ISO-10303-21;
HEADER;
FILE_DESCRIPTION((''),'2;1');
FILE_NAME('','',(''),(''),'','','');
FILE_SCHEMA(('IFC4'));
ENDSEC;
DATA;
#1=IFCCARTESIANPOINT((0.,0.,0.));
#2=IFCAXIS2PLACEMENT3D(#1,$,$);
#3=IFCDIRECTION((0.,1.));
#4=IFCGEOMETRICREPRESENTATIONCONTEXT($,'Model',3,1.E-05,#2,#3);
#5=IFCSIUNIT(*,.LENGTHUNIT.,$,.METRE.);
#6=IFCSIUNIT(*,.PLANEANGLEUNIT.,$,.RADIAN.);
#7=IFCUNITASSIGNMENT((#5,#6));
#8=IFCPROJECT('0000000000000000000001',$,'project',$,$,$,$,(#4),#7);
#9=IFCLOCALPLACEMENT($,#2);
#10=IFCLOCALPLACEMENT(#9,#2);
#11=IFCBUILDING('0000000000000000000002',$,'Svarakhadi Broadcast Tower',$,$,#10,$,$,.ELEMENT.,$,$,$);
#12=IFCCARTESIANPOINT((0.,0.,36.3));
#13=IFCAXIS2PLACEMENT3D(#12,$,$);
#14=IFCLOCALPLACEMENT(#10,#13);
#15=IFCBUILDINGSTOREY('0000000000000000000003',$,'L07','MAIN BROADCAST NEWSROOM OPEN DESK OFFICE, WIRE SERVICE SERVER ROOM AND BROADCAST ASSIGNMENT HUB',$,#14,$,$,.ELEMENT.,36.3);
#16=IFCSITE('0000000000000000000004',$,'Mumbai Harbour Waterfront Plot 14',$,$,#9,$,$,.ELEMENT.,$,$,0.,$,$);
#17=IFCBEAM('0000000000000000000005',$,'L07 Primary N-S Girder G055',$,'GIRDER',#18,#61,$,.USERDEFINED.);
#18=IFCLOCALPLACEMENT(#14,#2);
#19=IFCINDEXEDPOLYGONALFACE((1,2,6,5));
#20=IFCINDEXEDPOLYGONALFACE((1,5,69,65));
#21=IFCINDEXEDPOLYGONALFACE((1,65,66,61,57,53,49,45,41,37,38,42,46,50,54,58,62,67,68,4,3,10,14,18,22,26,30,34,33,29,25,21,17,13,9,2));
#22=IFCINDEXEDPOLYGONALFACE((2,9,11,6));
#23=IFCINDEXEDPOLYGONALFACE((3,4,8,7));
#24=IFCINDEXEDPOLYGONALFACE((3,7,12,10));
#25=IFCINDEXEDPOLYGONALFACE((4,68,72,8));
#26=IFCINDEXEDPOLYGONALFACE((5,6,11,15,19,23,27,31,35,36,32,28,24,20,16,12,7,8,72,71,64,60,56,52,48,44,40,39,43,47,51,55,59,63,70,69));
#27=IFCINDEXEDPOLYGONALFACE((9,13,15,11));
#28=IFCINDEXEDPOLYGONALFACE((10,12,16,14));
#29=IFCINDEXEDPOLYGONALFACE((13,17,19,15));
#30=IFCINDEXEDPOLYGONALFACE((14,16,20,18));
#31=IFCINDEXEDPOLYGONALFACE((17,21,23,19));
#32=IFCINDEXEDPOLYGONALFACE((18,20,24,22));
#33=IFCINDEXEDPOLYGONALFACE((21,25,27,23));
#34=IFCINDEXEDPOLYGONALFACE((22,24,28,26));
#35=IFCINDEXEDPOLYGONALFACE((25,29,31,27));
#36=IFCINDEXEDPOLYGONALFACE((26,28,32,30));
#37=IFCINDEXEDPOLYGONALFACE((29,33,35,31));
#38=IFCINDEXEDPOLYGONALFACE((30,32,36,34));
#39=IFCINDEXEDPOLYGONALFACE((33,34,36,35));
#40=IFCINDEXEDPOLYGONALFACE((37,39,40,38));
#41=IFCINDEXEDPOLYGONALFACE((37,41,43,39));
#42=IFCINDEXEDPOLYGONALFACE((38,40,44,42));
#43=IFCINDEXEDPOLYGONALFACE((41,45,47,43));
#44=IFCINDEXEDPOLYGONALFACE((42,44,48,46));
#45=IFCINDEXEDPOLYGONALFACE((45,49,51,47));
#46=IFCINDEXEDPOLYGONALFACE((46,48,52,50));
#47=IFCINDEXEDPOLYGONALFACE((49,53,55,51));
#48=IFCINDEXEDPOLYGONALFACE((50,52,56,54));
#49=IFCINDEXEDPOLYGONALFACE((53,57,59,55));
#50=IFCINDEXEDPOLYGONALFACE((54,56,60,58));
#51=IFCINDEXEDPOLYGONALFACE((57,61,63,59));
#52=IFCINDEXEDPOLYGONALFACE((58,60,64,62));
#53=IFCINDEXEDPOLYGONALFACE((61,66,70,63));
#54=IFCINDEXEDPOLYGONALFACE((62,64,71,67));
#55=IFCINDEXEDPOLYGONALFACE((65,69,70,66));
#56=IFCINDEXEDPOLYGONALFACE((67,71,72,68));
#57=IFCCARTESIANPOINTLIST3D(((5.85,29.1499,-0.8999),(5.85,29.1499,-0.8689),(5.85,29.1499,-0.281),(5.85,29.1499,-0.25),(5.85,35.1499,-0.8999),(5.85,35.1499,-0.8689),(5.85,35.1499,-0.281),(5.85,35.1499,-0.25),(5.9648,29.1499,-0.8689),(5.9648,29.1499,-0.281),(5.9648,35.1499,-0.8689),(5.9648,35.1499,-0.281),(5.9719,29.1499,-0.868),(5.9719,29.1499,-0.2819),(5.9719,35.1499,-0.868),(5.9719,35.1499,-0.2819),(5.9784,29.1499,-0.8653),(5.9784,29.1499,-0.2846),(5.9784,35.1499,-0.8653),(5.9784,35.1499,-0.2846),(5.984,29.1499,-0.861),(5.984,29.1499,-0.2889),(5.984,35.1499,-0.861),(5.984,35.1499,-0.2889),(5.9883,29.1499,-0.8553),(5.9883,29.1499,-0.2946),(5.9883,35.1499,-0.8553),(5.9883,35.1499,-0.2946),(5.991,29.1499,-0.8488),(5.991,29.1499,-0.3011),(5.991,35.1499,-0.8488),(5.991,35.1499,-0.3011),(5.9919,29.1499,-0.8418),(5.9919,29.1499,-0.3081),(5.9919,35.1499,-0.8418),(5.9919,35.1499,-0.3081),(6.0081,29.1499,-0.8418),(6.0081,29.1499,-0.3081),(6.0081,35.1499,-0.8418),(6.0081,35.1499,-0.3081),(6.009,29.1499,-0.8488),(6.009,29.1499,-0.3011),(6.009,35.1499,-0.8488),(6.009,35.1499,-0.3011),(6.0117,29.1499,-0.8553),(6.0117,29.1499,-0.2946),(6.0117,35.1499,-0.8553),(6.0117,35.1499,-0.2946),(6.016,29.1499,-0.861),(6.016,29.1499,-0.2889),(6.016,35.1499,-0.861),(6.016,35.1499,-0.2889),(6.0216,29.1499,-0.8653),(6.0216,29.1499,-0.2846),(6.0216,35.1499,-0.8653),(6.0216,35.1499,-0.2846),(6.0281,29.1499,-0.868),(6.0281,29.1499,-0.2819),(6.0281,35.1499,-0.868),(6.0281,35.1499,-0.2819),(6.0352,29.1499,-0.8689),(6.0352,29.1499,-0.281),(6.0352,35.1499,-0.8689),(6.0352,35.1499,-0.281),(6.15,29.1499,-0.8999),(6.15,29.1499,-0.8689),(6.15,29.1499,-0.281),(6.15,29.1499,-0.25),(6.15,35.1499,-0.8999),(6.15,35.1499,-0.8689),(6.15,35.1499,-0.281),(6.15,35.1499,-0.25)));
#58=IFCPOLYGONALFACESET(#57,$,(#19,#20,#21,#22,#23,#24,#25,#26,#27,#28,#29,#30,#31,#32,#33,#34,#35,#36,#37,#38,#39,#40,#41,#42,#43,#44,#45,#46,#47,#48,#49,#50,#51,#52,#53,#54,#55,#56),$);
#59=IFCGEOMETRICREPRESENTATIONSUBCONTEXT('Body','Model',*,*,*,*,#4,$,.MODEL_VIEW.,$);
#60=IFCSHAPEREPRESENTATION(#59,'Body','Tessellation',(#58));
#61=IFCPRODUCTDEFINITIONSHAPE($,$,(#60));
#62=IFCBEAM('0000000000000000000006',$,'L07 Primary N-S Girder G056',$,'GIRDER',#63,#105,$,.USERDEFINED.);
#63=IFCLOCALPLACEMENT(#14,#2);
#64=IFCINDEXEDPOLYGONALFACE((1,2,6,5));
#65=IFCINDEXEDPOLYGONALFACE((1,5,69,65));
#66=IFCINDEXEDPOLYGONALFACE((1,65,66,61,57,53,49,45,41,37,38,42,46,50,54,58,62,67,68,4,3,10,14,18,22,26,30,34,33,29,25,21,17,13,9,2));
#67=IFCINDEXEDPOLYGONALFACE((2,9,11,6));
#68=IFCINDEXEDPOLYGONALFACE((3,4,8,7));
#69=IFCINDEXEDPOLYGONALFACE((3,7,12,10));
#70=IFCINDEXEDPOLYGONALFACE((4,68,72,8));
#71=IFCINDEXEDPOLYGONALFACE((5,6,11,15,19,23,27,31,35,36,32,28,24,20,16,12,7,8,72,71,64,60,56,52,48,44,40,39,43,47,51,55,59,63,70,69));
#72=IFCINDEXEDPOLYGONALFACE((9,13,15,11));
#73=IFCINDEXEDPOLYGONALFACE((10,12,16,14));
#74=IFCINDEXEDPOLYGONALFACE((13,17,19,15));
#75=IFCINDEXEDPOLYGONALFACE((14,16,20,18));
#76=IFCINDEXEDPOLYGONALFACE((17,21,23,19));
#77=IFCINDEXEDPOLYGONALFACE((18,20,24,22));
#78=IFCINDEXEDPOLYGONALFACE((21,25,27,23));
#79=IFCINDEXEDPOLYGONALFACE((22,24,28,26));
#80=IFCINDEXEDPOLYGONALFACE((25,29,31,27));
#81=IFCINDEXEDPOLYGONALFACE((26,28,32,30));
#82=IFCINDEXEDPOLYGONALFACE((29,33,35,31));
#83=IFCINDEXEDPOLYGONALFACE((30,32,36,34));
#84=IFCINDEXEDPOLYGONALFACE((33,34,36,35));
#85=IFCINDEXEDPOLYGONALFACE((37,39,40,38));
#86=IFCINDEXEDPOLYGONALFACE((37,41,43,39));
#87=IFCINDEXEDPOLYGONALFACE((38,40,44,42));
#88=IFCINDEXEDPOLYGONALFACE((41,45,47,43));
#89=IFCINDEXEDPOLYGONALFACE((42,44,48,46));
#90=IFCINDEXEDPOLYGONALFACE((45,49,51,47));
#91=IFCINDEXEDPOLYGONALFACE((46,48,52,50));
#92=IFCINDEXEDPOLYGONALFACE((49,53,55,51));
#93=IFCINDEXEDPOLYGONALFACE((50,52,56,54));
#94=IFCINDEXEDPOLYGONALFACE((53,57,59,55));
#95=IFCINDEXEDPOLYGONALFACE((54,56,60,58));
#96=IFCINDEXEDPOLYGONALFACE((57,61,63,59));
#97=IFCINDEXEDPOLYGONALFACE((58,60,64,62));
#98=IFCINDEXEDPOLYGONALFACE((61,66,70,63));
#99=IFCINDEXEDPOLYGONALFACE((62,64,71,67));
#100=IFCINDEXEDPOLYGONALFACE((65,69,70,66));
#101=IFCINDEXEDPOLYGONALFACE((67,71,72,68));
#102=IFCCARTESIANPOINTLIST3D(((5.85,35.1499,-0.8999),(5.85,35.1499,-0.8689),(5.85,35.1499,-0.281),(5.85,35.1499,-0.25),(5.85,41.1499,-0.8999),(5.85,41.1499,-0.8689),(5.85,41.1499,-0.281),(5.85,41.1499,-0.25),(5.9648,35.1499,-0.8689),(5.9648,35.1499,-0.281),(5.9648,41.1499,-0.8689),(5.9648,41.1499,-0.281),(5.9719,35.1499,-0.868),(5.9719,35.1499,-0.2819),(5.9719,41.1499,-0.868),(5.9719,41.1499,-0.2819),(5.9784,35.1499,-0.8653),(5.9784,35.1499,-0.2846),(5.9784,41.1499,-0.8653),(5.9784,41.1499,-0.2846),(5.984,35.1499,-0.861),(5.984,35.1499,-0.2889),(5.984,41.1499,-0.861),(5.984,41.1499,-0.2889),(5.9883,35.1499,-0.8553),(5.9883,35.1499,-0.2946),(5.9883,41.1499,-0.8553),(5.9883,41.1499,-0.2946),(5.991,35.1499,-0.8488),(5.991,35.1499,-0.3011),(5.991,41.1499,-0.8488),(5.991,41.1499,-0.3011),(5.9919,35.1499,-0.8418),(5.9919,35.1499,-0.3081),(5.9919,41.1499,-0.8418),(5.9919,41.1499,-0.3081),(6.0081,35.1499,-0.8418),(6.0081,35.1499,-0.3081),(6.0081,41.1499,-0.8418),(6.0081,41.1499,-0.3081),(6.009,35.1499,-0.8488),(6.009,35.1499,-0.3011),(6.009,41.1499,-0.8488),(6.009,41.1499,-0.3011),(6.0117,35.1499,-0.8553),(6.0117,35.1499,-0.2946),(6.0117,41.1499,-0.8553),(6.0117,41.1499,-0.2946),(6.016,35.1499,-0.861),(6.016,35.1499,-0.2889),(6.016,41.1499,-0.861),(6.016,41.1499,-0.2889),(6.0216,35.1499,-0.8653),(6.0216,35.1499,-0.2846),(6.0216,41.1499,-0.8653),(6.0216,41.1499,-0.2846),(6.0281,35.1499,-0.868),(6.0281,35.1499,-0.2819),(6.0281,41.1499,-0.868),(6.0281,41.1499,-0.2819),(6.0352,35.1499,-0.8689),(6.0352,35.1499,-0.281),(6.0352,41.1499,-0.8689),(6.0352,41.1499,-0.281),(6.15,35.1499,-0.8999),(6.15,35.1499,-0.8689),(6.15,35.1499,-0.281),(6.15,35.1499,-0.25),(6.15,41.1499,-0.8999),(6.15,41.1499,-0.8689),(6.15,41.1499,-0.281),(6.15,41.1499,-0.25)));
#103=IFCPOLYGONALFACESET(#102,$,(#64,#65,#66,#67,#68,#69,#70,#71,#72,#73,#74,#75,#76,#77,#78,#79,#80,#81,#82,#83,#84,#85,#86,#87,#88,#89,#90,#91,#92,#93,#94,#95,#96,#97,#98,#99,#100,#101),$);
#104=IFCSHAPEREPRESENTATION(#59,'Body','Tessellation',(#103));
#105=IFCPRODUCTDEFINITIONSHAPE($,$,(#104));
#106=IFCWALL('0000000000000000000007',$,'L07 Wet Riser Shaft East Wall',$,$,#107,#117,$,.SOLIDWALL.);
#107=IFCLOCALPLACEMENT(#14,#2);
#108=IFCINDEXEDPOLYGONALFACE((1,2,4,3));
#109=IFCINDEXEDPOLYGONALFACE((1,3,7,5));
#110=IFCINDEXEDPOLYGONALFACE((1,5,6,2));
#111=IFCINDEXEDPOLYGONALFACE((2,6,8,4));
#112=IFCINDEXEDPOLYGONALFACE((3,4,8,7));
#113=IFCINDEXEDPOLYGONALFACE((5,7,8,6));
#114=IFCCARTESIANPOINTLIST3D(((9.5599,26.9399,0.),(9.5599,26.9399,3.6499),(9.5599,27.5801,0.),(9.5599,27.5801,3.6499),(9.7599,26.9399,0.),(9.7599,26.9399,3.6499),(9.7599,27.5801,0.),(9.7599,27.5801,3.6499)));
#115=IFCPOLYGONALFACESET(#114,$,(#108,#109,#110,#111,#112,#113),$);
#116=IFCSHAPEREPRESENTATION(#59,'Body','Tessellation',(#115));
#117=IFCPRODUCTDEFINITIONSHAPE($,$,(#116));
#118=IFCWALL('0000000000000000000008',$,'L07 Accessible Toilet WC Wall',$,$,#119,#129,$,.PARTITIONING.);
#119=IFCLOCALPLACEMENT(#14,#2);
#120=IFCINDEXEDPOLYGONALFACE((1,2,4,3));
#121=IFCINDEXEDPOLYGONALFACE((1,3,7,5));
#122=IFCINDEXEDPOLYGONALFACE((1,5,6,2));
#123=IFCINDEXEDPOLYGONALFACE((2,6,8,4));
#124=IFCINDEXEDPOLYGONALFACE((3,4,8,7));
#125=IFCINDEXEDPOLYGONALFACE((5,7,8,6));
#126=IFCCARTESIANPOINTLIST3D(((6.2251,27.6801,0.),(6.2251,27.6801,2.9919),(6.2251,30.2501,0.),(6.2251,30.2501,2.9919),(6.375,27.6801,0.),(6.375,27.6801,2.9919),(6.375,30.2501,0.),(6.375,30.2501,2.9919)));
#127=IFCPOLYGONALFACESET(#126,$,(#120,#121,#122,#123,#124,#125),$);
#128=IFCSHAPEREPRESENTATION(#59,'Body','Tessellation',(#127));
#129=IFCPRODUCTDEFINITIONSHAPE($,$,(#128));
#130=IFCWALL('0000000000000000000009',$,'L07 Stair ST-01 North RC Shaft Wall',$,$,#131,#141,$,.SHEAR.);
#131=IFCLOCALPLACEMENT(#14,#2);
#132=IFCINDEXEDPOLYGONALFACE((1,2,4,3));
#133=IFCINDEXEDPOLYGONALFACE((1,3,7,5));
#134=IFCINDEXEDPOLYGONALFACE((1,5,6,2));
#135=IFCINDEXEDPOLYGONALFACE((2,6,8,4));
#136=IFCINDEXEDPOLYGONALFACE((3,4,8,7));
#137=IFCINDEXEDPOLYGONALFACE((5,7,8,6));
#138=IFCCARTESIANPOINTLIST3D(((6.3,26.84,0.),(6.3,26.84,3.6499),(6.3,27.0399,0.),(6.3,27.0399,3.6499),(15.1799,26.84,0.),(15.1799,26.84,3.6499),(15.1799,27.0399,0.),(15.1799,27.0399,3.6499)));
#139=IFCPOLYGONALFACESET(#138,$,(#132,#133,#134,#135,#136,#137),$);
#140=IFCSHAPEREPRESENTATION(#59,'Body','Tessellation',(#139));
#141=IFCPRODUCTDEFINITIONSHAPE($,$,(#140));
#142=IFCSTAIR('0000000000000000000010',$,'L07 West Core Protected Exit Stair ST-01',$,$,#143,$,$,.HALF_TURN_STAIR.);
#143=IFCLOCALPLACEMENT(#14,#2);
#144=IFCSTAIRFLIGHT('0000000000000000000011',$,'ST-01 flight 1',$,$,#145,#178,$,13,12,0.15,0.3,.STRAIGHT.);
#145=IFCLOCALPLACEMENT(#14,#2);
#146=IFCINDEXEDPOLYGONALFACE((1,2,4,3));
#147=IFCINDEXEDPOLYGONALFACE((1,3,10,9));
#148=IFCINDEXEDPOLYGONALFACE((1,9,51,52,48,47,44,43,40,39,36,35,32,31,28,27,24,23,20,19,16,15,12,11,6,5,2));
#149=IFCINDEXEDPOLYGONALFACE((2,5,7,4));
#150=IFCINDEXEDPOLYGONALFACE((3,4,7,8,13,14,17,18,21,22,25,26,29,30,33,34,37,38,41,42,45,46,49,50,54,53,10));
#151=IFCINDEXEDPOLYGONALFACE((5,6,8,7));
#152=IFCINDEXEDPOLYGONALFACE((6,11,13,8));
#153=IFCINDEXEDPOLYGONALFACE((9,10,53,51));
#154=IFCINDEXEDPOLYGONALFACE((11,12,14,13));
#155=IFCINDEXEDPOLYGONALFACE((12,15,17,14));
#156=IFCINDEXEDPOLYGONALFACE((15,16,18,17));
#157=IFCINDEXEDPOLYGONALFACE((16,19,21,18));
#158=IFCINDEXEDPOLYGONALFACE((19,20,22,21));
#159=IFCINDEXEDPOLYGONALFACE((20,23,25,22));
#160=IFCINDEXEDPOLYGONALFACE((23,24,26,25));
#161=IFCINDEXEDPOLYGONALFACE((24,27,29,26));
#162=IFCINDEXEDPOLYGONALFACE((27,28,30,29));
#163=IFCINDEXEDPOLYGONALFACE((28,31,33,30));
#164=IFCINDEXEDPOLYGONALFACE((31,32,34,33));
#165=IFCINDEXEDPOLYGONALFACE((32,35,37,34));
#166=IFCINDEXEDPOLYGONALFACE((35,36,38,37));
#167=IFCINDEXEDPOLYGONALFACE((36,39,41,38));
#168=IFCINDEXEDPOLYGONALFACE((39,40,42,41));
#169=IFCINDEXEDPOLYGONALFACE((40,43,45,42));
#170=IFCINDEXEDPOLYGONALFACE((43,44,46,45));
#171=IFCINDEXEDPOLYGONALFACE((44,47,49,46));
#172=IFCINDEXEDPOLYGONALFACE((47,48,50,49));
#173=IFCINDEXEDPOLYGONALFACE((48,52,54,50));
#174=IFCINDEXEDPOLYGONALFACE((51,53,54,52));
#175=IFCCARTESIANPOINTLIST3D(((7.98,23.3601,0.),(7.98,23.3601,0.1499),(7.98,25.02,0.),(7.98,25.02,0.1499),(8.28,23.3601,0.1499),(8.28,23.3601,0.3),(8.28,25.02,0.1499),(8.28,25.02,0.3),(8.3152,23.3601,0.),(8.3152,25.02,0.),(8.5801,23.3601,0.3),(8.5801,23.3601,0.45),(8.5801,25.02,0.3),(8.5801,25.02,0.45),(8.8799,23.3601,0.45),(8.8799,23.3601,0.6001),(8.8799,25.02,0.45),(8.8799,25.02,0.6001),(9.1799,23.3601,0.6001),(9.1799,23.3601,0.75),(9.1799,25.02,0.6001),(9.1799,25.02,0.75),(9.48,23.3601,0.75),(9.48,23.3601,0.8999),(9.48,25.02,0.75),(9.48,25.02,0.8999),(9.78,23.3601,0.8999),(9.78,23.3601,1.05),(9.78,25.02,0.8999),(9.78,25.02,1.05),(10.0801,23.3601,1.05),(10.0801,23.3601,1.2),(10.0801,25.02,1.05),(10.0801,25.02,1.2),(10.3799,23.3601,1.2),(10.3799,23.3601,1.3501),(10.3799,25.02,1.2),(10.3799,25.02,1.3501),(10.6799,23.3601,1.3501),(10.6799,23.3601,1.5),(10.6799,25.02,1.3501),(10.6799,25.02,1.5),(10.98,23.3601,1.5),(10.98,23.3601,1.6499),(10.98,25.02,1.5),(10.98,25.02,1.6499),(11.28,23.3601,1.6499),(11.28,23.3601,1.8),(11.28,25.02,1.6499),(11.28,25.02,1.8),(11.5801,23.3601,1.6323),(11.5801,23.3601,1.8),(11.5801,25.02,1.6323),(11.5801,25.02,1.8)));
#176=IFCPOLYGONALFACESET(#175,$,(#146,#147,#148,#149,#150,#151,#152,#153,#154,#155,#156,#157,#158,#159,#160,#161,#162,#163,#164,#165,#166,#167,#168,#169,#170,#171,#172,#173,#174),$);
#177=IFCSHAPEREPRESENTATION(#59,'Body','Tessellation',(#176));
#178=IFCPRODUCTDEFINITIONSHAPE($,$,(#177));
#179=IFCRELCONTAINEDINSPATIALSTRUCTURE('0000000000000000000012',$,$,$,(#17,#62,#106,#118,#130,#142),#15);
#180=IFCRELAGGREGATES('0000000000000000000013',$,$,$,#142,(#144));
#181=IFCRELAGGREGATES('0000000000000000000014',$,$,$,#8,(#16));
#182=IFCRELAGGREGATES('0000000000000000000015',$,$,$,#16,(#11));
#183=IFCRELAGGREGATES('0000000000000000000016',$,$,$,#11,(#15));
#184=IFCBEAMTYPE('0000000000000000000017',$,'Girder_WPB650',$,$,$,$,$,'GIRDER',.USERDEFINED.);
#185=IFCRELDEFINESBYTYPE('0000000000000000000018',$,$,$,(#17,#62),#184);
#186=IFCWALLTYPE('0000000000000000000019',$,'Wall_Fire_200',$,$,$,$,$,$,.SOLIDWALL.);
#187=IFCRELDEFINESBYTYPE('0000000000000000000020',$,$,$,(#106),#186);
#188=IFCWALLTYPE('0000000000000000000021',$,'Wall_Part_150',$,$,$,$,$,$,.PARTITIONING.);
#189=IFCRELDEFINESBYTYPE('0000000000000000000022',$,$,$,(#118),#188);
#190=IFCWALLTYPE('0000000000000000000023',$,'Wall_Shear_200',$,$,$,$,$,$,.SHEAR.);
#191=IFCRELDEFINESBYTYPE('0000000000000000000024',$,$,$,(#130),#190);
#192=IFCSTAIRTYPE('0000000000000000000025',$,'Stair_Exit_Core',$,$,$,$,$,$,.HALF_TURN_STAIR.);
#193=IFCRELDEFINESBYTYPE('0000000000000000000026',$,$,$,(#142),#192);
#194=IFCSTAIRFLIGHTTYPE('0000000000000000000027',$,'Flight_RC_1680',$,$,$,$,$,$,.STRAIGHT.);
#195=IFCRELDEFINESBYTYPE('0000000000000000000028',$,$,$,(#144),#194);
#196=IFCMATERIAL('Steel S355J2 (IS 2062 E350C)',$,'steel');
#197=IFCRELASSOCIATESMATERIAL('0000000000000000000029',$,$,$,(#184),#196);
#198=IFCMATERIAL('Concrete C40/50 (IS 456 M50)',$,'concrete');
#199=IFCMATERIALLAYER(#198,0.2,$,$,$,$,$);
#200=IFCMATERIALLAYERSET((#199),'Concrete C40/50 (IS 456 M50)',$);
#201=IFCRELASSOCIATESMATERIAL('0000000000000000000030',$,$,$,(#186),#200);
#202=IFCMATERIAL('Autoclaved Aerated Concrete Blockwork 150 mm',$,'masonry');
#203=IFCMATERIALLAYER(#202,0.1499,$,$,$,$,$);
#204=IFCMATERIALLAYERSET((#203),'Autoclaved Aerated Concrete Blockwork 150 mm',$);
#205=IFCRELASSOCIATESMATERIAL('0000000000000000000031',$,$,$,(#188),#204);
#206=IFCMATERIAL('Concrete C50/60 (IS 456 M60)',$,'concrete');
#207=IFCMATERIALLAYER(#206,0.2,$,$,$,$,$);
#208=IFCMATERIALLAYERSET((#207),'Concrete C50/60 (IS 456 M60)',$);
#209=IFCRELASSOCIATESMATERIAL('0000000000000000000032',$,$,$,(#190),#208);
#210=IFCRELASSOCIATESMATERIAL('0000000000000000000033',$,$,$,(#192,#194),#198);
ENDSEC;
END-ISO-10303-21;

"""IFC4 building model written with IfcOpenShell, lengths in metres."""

from ifc_helpers import new_model, si_unit, direction, frame, frame_2d, origin, origin_2d, place, context, subcontext, project, spatial, polyline, rectangle, i_section, outline, extrude, material, layer, layer_set, material_profile, profile_set, type_object, element, aggregate, save


model = new_model("IFC4")

# Units and contexts
model_context = context("Model", 3, precision=1e-05, world=origin(), true_north=direction((0.0, 1.0)))
body_context = subcontext(model_context, "Body", "Model", "MODEL_VIEW")
ifc_project = project(units=[si_unit("LENGTHUNIT", "METRE"), si_unit("PLANEANGLEUNIT", "RADIAN")], contexts=[model_context])

# Site, building, storey
site_placement = place(None, origin())
site = spatial("IfcSite", under=ifc_project, at=site_placement, Name="Mumbai Harbour Waterfront Plot 14", CompositionType="ELEMENT", RefElevation=0.0)
building_placement = place(site_placement, origin())
building = spatial("IfcBuilding", under=site, at=building_placement, Name="Svarakhadi Broadcast Tower", CompositionType="ELEMENT")
storey_placement = place(building_placement, frame((0.0, 0.0, 36.3)))
storey = spatial("IfcBuildingStorey", under=building, at=storey_placement, Name="L07", Description="MAIN BROADCAST NEWSROOM OPEN DESK OFFICE, WIRE SERVICE SERVER ROOM AND BROADCAST ASSIGNMENT HUB", CompositionType="ELEMENT", Elevation=36.3)

# Beams
ifc_material_1 = material(Name="Steel S355J2 (IS 2062 E350C)", Category="steel")
ifc_material_profile_1 = material_profile(ifc_material_1, i_section(OverallWidth=0.3, OverallDepth=0.6499, WebThickness=0.0161, FlangeThickness=0.031, FilletRadius=0.0271, at=origin_2d()), Name="WPB 650x300x225")
ifc_profile_set_1 = profile_set([ifc_material_profile_1], Name="Steel S355J2 (IS 2062 E350C)")
beam_type_1 = type_object("IfcBeamType", Name="Girder_WPB650", ElementType="GIRDER", PredefinedType="USERDEFINED", material=ifc_profile_set_1)
for number, where, z_axis, x_axis, name in (
    (1, (6.0, 29.1499, -0.575), (0.0, 1.0, 0.0), (-1.0, 0.0, 0.0), "L07 Primary N-S Girder G055"),
    (2, (6.0, 35.1499, -0.575), (0.0, 1.0, 0.0), (-1.0, 0.0, 0.0), "L07 Primary N-S Girder G056"),
):
    element("IfcBeam", number, at=place(storey_placement, frame(where, z_axis=z_axis, x_axis=x_axis)), inside=storey, type_object=beam_type_1, Name=name, ObjectType="GIRDER", PredefinedType="USERDEFINED", context=body_context, shape_type="SweptSolid", body=[
        extrude(i_section(OverallWidth=0.3, OverallDepth=0.6499, WebThickness=0.0161, FlangeThickness=0.031, FilletRadius=0.0271, at=origin_2d()), origin(), (0.0, 0.0, 1.0), 6.0),
    ])

# Walls
ifc_material_2 = material(Name="Concrete C40/50 (IS 456 M50)", Category="concrete")
ifc_layer_1 = layer(ifc_material_2, 0.2)
ifc_layer_set_1 = layer_set([ifc_layer_1], Name="Concrete C40/50 (IS 456 M50)")
wall_type_1 = type_object("IfcWallType", Name="Wall_Fire_200", PredefinedType="SOLIDWALL", material=ifc_layer_set_1)
wall_1_placement = place(storey_placement, frame((9.6599, 26.9399, 0.0), z_axis=(0.0, 0.0, 1.0), x_axis=(0.0, 1.0, 0.0)))
element("IfcWall", 3, at=wall_1_placement, inside=storey, type_object=wall_type_1, Name="L07 Wet Riser Shaft East Wall", PredefinedType="SOLIDWALL", context=body_context, shape_type="SweptSolid", body=[
    extrude(rectangle(XDim=0.6401, YDim=0.2, at=frame_2d((0.3201, 0.0))), origin(), (0.0, 0.0, 1.0), 3.6499),
])
ifc_material_3 = material(Name="Autoclaved Aerated Concrete Blockwork 150 mm", Category="masonry")
ifc_layer_2 = layer(ifc_material_3, 0.1499)
ifc_layer_set_2 = layer_set([ifc_layer_2], Name="Autoclaved Aerated Concrete Blockwork 150 mm")
wall_type_2 = type_object("IfcWallType", Name="Wall_Part_150", PredefinedType="PARTITIONING", material=ifc_layer_set_2)
wall_2_placement = place(storey_placement, frame((6.3, 27.6799, 0.0), z_axis=(0.0, 0.0, 1.0), x_axis=(0.0, 1.0, 0.0)))
element("IfcWall", 4, at=wall_2_placement, inside=storey, type_object=wall_type_2, Name="L07 Accessible Toilet WC Wall", PredefinedType="PARTITIONING", context=body_context, shape_type="SweptSolid", body=[
    extrude(rectangle(XDim=2.5701, YDim=0.1499, at=frame_2d((1.2852, 0.0))), origin(), (0.0, 0.0, 1.0), 2.9919),
])
ifc_material_4 = material(Name="Concrete C50/60 (IS 456 M60)", Category="concrete")
ifc_layer_3 = layer(ifc_material_4, 0.2)
ifc_layer_set_3 = layer_set([ifc_layer_3], Name="Concrete C50/60 (IS 456 M60)")
wall_type_3 = type_object("IfcWallType", Name="Wall_Shear_200", PredefinedType="SHEAR", material=ifc_layer_set_3)
wall_3_placement = place(storey_placement, frame((6.3, 26.9399, 0.0), z_axis=(0.0, 0.0, 1.0), x_axis=(1.0, 0.0, 0.0)))
element("IfcWall", 5, at=wall_3_placement, inside=storey, type_object=wall_type_3, Name="L07 Stair ST-01 North RC Shaft Wall", PredefinedType="SHEAR", context=body_context, shape_type="SweptSolid", body=[
    extrude(rectangle(XDim=8.8799, YDim=0.2, at=frame_2d((4.4399, 0.0))), origin(), (0.0, 0.0, 1.0), 3.6499),
])

# Stair, stair flight
stair_type = type_object("IfcStairType", Name="Stair_Exit_Core", PredefinedType="HALF_TURN_STAIR", material=ifc_material_2)
stair_placement = place(storey_placement, origin())
stair = element("IfcStair", 6, at=stair_placement, inside=storey, type_object=stair_type, Name="L07 West Core Protected Exit Stair ST-01", PredefinedType="HALF_TURN_STAIR")
stair_flight_type = type_object("IfcStairFlightType", Name="Flight_RC_1680", PredefinedType="STRAIGHT", material=ifc_material_2)
stair_flight_1_placement = place(storey_placement, frame((7.98, 24.1899, 0.0), z_axis=(0.0, 0.0, 1.0), x_axis=(1.0, 0.0, 0.0)))
stair_flight_1 = element("IfcStairFlight", 7, at=stair_flight_1_placement, type_object=stair_flight_type, Name="ST-01 flight 1", NumberOfRisers=13, NumberOfTreads=12, PredefinedType="STRAIGHT", RiserHeight=0.15, TreadLength=0.3, context=body_context, shape_type="SweptSolid", body=[
    extrude(outline(polyline([(0.0, 0.0), (0.0, 0.1499), (0.3, 0.1499), (0.3, 0.3), (0.6001, 0.3), (0.6001, 0.45), (0.8999, 0.45), (0.8999, 0.6001), (1.2, 0.6001), (1.2, 0.75), (1.5, 0.75), (1.5, 0.8999), (1.8, 0.8999), (1.8, 1.05), (2.1001, 1.05), (2.1001, 1.2), (2.3999, 1.2), (2.3999, 1.3501), (2.7, 1.3501), (2.7, 1.5), (3.0, 1.5), (3.0, 1.6499), (3.3, 1.6499), (3.3, 1.8), (3.6001, 1.8), (3.6001, 1.95), (3.6001, 1.6323), (0.3352, 0.0), (0.0, 0.0)])), frame((0.0, 0.8301, 0.0), z_axis=(0.0, -1.0, 0.0), x_axis=(1.0, 0.0, 0.0)), (0.0, 0.0, 1.0), 1.6599),
])
aggregate(stair, [stair_flight_1])

save(model, "model.ifc")
